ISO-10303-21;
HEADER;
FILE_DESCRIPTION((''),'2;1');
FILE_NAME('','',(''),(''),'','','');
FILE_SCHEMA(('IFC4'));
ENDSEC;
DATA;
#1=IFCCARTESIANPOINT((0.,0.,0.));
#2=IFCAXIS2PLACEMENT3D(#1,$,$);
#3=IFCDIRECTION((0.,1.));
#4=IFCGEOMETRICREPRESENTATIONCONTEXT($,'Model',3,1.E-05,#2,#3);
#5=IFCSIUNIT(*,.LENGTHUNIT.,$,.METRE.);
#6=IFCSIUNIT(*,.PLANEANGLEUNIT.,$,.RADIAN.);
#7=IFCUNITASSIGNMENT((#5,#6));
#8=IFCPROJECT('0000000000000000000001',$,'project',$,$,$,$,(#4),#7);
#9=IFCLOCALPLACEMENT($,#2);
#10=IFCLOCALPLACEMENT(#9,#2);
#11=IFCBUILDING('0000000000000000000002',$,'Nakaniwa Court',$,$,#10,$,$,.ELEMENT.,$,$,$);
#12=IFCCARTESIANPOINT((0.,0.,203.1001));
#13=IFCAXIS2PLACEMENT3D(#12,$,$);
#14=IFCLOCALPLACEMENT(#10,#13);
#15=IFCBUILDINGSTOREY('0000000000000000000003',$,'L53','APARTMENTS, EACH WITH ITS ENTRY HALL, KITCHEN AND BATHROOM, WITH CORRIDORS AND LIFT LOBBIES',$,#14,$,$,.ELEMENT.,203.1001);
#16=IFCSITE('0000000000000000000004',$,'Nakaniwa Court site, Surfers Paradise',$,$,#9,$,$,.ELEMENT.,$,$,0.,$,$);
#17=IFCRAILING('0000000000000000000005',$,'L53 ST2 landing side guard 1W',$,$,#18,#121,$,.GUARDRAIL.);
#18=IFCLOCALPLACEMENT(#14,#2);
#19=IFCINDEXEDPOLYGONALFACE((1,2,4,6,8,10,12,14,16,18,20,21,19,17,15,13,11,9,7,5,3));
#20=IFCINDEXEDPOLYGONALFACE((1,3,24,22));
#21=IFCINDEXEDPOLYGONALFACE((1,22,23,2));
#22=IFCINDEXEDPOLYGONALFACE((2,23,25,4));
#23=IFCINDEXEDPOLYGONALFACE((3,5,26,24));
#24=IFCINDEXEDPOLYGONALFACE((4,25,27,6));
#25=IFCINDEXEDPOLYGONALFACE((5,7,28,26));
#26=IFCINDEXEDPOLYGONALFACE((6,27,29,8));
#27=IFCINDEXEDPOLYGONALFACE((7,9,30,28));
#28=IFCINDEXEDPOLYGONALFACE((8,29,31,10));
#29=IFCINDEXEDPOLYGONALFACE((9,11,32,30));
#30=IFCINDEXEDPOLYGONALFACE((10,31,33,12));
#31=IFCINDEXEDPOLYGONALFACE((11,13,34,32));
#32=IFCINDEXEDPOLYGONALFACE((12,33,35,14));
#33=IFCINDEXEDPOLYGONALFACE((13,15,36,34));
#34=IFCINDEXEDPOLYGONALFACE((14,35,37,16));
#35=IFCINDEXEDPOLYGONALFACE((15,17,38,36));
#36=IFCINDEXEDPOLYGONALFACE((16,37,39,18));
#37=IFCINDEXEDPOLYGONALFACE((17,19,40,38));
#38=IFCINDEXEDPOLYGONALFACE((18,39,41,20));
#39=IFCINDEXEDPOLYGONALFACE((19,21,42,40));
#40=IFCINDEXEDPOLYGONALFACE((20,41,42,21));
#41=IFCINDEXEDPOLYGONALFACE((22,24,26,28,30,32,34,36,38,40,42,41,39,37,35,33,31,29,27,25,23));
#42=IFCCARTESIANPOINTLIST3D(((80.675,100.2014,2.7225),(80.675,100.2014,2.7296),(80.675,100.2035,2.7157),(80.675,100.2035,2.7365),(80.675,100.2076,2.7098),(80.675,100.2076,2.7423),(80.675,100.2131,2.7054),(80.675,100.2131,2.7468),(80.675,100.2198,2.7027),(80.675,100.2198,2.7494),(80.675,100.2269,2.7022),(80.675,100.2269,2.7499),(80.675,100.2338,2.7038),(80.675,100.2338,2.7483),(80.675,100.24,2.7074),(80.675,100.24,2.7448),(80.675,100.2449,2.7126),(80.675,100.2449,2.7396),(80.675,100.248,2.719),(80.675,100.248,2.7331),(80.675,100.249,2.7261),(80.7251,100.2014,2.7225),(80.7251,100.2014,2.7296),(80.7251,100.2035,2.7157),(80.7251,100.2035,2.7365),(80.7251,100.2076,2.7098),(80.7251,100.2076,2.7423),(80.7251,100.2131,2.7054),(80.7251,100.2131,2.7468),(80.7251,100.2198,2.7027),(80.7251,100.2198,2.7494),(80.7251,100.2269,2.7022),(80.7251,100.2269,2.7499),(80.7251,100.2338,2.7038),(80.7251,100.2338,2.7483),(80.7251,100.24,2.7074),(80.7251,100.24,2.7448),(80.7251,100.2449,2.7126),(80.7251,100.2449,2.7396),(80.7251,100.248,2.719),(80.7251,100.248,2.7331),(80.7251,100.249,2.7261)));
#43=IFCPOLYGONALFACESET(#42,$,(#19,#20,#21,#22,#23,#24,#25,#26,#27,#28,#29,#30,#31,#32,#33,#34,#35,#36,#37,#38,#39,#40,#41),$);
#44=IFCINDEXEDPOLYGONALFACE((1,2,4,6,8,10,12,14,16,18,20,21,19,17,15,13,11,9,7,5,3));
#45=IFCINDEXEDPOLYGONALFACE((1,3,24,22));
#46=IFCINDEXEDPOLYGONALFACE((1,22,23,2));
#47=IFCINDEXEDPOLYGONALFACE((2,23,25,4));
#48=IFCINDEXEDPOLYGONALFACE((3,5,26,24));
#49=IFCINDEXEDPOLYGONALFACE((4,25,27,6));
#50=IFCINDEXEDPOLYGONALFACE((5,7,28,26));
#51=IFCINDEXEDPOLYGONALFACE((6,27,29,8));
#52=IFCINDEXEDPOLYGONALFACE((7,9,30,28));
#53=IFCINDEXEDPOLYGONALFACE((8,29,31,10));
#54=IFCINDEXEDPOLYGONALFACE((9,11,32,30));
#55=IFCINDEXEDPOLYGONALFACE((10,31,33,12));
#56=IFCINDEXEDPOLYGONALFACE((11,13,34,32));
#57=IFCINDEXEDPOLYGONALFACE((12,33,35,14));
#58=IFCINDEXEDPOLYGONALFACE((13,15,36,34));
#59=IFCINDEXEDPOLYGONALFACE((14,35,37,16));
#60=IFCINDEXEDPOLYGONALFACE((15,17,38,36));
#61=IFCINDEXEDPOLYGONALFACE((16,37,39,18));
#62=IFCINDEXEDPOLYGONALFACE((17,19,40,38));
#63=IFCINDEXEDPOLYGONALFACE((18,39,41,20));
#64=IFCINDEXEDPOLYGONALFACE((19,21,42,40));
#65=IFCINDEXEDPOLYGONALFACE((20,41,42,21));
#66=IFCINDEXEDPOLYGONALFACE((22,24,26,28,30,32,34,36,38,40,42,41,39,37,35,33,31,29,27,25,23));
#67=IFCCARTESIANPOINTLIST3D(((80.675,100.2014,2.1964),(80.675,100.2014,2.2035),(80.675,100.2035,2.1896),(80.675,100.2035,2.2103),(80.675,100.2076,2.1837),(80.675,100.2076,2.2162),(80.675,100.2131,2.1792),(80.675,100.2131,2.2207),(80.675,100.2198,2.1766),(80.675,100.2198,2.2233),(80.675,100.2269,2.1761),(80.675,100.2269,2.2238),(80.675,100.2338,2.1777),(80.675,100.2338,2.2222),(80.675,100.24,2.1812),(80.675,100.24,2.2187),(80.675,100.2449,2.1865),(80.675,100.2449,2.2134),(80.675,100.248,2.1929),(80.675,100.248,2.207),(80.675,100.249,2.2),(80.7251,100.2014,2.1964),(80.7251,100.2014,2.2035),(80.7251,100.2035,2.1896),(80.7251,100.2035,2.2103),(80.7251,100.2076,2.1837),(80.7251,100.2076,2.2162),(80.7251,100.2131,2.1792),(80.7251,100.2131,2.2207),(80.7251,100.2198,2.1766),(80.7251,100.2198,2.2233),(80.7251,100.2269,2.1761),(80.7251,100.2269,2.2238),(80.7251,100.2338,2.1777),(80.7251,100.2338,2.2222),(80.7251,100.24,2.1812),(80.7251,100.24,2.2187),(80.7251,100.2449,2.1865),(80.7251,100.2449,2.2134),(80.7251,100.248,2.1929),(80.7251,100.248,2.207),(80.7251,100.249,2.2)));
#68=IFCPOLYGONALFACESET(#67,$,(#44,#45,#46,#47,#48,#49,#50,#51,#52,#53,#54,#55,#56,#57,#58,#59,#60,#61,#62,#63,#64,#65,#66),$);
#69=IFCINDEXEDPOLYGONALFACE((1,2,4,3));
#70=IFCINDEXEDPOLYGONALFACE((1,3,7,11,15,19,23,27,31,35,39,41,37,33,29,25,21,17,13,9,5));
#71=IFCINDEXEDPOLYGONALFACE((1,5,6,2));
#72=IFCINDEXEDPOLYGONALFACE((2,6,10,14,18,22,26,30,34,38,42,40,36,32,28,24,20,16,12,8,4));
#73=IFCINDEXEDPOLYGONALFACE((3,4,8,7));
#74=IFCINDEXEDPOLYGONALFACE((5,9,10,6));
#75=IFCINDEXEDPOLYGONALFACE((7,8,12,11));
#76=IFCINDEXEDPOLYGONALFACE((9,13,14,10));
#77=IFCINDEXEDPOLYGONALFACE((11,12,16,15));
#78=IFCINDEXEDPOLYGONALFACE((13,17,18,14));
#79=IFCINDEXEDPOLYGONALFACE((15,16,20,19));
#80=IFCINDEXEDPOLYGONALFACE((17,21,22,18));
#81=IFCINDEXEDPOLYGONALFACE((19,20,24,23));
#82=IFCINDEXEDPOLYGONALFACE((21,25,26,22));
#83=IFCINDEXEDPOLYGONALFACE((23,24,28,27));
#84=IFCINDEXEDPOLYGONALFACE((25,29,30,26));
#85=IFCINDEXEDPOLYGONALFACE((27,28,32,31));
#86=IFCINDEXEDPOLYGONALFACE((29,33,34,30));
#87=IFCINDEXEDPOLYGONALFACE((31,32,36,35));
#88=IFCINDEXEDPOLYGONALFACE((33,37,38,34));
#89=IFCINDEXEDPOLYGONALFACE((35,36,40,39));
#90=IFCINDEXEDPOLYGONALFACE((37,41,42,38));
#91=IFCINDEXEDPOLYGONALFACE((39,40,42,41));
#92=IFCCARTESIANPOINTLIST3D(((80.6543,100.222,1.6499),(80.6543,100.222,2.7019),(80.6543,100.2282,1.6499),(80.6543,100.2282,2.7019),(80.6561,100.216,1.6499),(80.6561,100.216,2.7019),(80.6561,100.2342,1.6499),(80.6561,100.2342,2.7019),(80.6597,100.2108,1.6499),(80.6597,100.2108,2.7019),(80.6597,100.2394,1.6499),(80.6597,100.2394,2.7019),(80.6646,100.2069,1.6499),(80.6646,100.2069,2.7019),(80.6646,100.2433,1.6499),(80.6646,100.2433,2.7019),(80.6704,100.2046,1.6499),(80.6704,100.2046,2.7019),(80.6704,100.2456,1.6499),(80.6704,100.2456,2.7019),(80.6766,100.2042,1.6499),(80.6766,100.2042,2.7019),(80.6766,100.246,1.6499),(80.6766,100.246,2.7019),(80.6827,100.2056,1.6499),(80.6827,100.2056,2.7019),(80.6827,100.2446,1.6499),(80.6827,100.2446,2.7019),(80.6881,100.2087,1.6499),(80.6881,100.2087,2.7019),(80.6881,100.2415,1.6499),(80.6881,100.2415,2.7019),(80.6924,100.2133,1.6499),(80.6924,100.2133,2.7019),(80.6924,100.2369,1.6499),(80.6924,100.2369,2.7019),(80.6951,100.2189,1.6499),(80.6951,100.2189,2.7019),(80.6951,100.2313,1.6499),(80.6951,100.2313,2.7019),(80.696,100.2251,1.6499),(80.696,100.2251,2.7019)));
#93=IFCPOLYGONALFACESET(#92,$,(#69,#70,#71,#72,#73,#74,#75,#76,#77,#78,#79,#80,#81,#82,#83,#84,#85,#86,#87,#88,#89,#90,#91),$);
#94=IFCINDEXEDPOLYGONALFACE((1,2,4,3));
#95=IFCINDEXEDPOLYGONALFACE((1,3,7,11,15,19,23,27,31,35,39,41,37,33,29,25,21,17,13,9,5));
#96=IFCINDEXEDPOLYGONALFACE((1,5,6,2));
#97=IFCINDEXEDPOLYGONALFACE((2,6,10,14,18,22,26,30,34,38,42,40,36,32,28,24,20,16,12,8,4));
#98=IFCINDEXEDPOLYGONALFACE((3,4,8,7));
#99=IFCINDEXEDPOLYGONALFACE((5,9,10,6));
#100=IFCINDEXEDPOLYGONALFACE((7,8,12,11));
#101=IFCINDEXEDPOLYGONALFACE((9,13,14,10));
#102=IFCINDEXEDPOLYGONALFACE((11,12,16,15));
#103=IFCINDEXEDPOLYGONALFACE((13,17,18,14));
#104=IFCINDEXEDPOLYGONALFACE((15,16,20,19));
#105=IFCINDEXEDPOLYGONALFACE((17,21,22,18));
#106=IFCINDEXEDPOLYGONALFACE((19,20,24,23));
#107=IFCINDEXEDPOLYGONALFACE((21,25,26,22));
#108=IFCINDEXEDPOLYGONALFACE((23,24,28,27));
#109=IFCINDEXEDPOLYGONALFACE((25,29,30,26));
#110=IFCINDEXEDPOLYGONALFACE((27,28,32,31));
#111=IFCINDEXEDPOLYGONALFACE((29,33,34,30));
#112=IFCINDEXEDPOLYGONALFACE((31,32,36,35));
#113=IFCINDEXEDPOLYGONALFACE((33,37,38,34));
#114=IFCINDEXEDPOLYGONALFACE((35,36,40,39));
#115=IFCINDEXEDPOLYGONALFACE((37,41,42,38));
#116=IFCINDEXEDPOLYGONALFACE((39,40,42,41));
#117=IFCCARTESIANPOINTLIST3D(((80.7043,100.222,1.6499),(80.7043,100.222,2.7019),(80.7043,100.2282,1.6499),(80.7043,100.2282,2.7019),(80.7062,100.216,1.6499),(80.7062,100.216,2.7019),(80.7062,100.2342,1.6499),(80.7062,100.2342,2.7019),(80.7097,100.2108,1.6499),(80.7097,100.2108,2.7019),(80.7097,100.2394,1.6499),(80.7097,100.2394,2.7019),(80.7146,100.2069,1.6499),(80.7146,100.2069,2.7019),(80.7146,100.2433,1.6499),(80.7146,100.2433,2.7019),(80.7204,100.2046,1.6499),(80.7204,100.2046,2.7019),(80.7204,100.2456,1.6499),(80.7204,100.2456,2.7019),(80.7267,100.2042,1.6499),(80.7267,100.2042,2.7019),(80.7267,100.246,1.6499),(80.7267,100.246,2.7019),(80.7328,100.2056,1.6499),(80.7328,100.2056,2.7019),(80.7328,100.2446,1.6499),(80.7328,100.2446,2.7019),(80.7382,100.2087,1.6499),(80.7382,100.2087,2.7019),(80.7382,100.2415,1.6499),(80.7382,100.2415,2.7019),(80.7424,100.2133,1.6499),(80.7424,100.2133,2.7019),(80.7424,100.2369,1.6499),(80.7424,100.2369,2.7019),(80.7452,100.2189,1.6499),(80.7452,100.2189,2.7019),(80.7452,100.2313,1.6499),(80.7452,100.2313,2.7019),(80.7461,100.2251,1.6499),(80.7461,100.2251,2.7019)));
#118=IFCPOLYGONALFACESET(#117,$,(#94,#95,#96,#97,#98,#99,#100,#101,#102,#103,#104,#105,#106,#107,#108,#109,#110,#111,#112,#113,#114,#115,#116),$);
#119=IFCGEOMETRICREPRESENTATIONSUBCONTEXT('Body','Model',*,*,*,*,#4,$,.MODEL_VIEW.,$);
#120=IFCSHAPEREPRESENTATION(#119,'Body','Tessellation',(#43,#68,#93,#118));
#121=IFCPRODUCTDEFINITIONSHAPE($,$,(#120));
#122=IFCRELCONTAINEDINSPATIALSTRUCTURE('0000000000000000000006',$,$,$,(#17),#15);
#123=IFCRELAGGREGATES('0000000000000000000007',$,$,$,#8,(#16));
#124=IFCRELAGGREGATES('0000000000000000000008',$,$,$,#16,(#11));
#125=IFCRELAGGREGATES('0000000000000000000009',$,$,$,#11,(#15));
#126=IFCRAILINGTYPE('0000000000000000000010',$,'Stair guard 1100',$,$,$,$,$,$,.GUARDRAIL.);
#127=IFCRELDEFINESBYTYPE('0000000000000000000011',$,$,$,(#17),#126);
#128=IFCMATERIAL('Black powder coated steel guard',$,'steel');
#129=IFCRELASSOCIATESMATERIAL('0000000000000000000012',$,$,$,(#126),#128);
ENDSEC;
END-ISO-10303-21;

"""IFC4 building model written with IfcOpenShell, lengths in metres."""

from ifc_helpers import new_model, si_unit, direction, frame, origin, origin_2d, place, context, subcontext, project, spatial, circle, extrude, material, type_object, element, save


model = new_model("IFC4")

# Units and contexts
model_context = context("Model", 3, precision=1e-05, world=origin(), true_north=direction((0.0, 1.0)))
body_context = subcontext(model_context, "Body", "Model", "MODEL_VIEW")
ifc_project = project(units=[si_unit("LENGTHUNIT", "METRE"), si_unit("PLANEANGLEUNIT", "RADIAN")], contexts=[model_context])

# Site, building, storey
site_placement = place(None, origin())
site = spatial("IfcSite", under=ifc_project, at=site_placement, Name="Nakaniwa Court site, Surfers Paradise", CompositionType="ELEMENT", RefElevation=0.0)
building_placement = place(site_placement, origin())
building = spatial("IfcBuilding", under=site, at=building_placement, Name="Nakaniwa Court", CompositionType="ELEMENT")
storey_placement = place(building_placement, frame((0.0, 0.0, 203.1001)))
storey = spatial("IfcBuildingStorey", under=building, at=storey_placement, Name="L53", Description="APARTMENTS, EACH WITH ITS ENTRY HALL, KITCHEN AND BATHROOM, WITH CORRIDORS AND LIFT LOBBIES", CompositionType="ELEMENT", Elevation=203.1001)

# Railing
ifc_material_1 = material(Name="Black powder coated steel guard", Category="steel")
railing_type_1 = type_object("IfcRailingType", Name="Stair guard 1100", PredefinedType="GUARDRAIL", material=ifc_material_1)
for number, where, name in (
    (1, (80.675, 100.2251, 1.6499), "L53 ST2 landing side guard 1W"),
):
    element("IfcRailing", number, at=place(storey_placement, frame(where)), inside=storey, type_object=railing_type_1, Name=name, PredefinedType="GUARDRAIL", context=body_context, shape_type="SweptSolid", body=[
        extrude(circle(Radius=0.0239, at=origin_2d()), frame((0.0, 0.0, 1.0762), z_axis=(1.0, 0.0, 0.0), x_axis=(0.0, 1.0, 0.0)), (0.0, 0.0, 1.0), 0.05),
        extrude(circle(Radius=0.0239, at=origin_2d()), frame((0.0, 0.0, 0.55), z_axis=(1.0, 0.0, 0.0), x_axis=(0.0, 1.0, 0.0)), (0.0, 0.0, 1.0), 0.05),
        extrude(circle(Radius=0.021, at=origin_2d()), origin(), (0.0, 0.0, 1.0), 1.052),
        extrude(circle(Radius=0.021, at=origin_2d()), frame((0.05, 0.0, 0.0)), (0.0, 0.0, 1.0), 1.052),
    ])

save(model, "model.ifc")
